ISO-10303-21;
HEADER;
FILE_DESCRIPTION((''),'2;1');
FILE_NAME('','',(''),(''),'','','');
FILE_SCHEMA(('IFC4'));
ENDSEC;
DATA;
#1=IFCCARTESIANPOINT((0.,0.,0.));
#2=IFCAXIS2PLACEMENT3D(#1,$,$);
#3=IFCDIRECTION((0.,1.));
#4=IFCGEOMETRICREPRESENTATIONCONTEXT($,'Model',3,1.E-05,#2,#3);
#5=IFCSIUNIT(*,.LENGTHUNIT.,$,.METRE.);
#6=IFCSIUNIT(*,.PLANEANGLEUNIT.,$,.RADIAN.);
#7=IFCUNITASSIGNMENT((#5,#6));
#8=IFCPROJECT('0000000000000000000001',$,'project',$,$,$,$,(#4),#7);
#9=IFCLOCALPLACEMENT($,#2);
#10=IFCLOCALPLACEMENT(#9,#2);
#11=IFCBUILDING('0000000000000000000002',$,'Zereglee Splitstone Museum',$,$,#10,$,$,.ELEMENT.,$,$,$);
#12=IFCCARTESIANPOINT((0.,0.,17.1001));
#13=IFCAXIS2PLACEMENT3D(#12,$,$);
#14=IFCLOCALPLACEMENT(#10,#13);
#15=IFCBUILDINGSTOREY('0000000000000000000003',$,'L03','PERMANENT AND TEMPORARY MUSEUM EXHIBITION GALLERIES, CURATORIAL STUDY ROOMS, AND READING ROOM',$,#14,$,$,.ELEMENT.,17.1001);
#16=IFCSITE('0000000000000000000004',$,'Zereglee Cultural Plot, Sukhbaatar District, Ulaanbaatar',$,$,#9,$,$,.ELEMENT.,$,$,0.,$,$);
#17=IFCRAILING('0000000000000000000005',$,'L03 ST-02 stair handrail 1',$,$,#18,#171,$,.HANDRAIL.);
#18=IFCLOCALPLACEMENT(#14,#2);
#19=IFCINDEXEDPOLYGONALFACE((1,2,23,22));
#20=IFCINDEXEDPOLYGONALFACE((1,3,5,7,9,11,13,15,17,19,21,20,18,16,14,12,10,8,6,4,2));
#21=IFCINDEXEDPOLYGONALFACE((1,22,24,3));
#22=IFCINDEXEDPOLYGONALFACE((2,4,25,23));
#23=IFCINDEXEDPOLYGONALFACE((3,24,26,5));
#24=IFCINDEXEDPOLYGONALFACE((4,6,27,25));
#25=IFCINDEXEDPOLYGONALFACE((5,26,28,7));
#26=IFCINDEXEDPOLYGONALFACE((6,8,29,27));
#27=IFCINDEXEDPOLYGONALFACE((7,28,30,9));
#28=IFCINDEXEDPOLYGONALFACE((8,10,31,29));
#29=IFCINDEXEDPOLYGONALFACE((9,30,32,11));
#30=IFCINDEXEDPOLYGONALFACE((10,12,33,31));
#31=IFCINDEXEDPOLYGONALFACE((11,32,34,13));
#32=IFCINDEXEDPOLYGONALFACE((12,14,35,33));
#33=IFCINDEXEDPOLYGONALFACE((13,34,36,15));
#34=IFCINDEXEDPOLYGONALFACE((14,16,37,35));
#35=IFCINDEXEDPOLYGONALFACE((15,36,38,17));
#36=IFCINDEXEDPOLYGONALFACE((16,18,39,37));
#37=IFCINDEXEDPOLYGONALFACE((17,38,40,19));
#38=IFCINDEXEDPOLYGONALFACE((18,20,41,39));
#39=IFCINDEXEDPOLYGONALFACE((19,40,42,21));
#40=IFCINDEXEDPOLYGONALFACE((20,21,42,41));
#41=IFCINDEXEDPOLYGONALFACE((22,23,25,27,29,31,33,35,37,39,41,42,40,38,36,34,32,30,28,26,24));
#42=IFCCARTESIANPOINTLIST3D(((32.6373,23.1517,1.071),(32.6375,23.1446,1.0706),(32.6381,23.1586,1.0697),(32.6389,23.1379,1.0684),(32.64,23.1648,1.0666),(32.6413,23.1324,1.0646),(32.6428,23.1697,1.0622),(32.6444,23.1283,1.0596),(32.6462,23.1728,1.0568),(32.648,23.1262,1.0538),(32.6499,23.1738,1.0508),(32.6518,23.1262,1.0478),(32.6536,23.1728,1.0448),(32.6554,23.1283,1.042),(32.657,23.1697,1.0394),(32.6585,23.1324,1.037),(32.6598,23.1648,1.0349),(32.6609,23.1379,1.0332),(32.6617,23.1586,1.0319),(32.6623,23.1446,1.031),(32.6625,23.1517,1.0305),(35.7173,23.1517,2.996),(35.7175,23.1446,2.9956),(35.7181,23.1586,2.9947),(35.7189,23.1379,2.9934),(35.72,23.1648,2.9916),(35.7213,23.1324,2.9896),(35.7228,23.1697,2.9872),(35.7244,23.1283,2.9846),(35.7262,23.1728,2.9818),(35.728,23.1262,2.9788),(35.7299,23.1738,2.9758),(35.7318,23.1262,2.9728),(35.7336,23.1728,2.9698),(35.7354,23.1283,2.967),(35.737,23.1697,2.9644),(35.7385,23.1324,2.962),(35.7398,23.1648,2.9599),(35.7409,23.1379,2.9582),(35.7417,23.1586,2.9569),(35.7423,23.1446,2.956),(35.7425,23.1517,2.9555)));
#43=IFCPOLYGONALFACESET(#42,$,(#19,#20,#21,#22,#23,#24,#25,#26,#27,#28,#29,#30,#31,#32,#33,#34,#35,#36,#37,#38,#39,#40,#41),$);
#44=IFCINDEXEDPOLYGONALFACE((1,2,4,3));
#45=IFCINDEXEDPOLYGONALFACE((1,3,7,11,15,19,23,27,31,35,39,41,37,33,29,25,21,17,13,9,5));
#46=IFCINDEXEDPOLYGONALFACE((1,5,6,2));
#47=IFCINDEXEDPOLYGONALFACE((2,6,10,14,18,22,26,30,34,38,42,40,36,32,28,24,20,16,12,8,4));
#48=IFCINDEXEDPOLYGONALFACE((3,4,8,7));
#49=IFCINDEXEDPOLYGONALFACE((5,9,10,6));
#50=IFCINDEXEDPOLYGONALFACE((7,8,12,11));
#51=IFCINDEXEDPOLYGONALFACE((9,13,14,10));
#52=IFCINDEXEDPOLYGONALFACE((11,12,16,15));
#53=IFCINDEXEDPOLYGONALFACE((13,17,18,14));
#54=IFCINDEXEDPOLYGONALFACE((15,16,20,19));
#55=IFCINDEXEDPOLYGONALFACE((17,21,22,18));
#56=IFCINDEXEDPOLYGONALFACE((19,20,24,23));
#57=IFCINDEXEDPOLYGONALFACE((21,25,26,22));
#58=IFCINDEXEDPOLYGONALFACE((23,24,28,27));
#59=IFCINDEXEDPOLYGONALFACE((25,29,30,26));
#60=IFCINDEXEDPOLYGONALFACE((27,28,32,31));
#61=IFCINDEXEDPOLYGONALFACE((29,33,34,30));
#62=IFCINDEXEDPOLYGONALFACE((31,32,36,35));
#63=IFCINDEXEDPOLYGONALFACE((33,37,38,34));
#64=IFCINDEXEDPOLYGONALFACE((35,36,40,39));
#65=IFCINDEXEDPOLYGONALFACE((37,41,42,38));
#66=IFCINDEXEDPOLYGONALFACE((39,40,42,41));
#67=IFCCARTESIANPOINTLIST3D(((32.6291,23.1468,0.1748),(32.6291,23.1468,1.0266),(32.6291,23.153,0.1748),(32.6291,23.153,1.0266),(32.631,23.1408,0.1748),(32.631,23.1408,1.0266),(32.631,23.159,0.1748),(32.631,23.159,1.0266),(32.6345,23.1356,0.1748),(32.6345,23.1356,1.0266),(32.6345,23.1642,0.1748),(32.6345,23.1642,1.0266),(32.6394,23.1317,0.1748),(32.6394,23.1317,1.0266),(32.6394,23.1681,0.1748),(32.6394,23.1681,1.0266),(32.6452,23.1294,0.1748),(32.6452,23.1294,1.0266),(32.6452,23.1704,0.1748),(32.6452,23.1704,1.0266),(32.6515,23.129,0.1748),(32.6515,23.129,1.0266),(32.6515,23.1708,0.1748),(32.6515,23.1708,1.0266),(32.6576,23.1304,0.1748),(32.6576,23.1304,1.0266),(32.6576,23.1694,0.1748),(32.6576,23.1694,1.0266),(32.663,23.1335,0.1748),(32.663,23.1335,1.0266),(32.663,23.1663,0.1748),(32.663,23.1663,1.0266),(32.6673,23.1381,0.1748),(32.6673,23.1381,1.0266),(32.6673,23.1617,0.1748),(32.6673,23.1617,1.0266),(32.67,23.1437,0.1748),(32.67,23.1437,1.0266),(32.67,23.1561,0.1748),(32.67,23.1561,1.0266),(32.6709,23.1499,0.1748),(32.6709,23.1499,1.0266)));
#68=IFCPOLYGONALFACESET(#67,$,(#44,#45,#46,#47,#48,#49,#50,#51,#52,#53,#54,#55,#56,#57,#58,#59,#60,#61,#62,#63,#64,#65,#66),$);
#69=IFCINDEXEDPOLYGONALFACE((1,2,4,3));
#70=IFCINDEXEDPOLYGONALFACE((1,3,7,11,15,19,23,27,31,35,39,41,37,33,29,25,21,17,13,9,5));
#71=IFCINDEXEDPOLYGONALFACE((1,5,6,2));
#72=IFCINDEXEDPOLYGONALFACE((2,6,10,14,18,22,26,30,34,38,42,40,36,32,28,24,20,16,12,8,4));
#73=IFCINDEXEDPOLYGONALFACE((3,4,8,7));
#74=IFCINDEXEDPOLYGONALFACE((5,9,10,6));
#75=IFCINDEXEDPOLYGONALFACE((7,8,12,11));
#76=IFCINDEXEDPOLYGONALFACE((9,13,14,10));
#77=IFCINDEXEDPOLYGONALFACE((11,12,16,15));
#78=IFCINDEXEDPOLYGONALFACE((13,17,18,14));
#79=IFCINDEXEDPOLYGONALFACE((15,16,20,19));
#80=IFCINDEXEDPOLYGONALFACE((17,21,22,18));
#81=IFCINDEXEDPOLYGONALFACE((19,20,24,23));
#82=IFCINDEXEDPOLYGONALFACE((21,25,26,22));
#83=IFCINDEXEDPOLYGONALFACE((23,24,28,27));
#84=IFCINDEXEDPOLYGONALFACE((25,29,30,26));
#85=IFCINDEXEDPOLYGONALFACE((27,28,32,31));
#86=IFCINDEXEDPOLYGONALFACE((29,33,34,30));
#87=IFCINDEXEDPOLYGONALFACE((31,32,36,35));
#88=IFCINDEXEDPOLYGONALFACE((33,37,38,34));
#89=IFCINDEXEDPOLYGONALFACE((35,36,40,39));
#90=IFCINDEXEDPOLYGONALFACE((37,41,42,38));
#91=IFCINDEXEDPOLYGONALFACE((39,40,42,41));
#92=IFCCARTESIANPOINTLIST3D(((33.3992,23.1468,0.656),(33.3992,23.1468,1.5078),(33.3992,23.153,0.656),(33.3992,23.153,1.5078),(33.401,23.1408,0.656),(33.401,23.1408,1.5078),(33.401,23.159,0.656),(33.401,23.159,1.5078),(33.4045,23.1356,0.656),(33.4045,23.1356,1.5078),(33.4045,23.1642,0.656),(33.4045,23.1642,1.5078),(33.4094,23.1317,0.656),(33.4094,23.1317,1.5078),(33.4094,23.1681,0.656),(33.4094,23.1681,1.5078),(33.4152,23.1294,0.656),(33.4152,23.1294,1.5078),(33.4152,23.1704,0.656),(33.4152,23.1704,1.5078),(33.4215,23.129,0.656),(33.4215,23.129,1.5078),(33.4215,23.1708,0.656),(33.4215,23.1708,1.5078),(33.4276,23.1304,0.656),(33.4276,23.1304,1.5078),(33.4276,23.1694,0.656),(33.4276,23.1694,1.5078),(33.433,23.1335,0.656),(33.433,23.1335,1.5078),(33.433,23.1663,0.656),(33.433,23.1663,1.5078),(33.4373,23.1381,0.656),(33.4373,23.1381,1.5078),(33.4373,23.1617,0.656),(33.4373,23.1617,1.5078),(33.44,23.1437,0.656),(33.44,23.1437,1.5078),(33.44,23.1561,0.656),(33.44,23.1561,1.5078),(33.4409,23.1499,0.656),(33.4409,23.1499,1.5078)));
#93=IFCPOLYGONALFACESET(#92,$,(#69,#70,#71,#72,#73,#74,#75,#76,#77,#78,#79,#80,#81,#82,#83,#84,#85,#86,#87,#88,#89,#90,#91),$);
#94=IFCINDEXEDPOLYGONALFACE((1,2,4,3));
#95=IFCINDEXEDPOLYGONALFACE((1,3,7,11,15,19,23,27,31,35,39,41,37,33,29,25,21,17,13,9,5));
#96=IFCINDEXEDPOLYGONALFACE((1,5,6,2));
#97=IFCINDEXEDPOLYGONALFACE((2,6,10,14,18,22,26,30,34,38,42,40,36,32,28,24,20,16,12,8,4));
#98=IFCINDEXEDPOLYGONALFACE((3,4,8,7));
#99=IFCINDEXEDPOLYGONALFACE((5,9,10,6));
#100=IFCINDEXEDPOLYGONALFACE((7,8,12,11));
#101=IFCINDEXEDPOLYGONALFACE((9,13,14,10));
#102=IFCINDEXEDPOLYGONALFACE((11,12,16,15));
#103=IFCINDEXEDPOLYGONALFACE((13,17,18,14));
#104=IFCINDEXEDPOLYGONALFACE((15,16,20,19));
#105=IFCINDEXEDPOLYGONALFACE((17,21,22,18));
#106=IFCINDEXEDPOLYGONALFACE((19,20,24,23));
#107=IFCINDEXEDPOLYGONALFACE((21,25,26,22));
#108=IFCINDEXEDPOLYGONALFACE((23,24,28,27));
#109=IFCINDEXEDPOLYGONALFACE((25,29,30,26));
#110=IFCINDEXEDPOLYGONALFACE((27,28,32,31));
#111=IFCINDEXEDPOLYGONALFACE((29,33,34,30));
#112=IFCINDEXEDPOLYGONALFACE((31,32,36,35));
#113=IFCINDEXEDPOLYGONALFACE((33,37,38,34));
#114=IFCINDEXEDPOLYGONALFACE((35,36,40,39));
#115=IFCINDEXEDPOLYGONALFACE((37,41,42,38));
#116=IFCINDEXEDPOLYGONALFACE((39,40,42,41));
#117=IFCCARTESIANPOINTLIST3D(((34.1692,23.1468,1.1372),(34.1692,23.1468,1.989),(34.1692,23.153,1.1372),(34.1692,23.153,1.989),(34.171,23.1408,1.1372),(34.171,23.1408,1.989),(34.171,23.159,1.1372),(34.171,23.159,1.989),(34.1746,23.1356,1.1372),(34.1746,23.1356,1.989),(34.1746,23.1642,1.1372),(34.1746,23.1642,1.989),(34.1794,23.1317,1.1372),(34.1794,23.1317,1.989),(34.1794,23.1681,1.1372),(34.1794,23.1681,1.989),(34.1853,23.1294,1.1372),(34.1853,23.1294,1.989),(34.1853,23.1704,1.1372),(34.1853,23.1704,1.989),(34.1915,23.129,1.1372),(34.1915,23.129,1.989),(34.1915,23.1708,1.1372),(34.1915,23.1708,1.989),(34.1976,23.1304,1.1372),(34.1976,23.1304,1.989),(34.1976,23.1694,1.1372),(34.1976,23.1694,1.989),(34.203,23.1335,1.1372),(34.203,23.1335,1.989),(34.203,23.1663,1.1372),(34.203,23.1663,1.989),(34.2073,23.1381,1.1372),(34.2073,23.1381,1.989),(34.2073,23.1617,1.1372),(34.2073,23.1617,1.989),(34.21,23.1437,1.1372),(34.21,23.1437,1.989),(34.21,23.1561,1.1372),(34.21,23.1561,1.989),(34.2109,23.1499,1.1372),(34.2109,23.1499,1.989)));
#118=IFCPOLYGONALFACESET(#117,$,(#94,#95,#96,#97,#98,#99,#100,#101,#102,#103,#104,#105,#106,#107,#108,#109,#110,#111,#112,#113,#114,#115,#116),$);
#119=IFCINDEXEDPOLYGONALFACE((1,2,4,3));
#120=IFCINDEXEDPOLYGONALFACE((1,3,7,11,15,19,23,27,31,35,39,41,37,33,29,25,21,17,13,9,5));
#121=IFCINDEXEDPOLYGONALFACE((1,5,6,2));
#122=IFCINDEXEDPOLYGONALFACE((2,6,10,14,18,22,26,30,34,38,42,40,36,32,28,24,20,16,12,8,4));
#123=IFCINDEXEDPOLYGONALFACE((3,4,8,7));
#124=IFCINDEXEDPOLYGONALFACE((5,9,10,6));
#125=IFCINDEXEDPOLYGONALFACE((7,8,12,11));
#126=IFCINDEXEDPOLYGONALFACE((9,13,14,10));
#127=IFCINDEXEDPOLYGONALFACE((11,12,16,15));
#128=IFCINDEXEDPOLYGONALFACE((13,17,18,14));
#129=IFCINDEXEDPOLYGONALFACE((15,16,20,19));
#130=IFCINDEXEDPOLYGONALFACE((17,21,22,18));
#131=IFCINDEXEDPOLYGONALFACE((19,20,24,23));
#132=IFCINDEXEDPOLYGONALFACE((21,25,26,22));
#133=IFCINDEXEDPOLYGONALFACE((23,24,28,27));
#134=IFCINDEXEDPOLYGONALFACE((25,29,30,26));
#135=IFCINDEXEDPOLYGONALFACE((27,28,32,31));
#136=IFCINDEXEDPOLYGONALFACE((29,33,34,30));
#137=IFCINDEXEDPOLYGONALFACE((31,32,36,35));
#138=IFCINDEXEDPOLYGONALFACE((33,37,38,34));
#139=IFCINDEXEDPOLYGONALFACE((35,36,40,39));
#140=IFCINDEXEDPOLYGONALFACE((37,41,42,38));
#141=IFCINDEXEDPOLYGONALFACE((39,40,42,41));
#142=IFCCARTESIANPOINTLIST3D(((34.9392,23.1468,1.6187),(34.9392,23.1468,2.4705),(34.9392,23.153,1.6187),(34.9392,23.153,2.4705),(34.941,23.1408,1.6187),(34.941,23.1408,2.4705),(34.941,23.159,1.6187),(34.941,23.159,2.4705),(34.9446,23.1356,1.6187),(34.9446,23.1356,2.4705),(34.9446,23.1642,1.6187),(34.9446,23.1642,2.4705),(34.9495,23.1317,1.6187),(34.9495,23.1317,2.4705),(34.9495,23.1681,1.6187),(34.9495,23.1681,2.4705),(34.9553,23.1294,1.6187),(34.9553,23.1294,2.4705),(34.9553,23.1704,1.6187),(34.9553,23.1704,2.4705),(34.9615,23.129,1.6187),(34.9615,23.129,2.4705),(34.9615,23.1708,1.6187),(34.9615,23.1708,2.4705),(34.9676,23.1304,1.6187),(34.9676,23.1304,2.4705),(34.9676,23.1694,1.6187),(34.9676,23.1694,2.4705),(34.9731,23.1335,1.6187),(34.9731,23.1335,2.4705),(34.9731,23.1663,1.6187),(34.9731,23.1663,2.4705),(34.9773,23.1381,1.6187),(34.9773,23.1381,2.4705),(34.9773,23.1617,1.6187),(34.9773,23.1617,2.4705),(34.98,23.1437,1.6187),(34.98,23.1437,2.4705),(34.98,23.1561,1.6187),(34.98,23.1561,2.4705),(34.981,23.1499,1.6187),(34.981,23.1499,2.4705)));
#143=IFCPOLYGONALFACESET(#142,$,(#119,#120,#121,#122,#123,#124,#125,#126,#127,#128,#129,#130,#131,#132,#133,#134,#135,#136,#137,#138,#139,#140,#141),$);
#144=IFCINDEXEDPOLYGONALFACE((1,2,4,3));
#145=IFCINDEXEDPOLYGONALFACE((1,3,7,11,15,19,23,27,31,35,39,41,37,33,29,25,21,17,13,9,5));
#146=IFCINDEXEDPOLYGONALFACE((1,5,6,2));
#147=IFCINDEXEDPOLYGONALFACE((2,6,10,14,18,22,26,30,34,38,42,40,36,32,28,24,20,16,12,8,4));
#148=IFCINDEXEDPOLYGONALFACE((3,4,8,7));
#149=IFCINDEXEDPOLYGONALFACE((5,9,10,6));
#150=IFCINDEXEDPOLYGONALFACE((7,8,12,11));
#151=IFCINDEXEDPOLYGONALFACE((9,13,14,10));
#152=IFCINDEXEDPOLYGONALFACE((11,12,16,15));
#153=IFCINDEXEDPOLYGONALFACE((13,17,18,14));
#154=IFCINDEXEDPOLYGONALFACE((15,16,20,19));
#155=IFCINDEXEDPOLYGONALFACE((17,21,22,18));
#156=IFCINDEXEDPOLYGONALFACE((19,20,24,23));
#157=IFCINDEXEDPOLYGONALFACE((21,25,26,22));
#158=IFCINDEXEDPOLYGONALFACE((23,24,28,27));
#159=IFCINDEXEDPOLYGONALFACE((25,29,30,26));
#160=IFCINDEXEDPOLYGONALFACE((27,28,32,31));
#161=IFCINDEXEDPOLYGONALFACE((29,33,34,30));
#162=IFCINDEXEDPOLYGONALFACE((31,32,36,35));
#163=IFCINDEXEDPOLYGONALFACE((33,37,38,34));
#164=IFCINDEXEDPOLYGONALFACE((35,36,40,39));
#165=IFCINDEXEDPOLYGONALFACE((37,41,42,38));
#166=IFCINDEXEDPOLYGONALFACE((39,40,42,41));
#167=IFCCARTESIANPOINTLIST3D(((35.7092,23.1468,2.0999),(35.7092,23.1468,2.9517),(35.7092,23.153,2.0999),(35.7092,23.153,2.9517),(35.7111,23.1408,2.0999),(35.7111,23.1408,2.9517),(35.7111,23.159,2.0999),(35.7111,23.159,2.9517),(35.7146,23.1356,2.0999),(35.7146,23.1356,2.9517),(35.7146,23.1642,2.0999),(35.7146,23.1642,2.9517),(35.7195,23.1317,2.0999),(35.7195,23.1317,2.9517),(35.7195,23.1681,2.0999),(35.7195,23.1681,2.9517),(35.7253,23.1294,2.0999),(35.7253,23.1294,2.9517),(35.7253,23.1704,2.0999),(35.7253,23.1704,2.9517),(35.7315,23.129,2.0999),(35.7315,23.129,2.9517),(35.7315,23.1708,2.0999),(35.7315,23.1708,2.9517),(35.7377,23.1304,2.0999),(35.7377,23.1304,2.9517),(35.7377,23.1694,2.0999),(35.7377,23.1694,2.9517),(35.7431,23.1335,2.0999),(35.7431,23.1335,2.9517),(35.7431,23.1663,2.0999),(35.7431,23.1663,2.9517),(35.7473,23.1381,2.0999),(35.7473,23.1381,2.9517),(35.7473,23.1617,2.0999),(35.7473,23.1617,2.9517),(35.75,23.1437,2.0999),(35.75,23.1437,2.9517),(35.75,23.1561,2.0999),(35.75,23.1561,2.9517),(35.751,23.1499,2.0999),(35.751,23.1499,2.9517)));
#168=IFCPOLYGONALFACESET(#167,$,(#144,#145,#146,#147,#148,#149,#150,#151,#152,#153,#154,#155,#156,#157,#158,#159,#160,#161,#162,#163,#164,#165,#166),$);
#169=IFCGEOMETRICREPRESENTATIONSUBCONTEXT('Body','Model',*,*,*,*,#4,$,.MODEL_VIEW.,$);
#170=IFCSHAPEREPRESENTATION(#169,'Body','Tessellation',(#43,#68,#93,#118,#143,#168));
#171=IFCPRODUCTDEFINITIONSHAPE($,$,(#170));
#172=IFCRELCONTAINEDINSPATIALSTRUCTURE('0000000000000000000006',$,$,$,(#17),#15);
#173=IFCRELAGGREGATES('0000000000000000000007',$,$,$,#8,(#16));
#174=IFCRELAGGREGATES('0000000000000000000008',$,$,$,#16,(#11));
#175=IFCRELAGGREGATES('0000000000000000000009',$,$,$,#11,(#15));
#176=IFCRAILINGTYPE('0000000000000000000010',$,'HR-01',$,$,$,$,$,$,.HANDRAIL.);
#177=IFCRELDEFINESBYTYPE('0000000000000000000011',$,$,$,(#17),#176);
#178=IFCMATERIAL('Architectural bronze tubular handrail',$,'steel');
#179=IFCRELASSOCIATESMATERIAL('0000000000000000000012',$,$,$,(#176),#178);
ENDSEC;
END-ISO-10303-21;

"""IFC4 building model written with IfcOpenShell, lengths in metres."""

from ifc_helpers import new_model, si_unit, direction, frame, origin, origin_2d, place, context, subcontext, project, spatial, circle, extrude, material, type_object, element, save


model = new_model("IFC4")

# Units and contexts
model_context = context("Model", 3, precision=1e-05, world=origin(), true_north=direction((0.0, 1.0)))
body_context = subcontext(model_context, "Body", "Model", "MODEL_VIEW")
ifc_project = project(units=[si_unit("LENGTHUNIT", "METRE"), si_unit("PLANEANGLEUNIT", "RADIAN")], contexts=[model_context])

# Site, building, storey
site_placement = place(None, origin())
site = spatial("IfcSite", under=ifc_project, at=site_placement, Name="Zereglee Cultural Plot, Sukhbaatar District, Ulaanbaatar", CompositionType="ELEMENT", RefElevation=0.0)
building_placement = place(site_placement, origin())
building = spatial("IfcBuilding", under=site, at=building_placement, Name="Zereglee Splitstone Museum", CompositionType="ELEMENT")
storey_placement = place(building_placement, frame((0.0, 0.0, 17.1001)))
storey = spatial("IfcBuildingStorey", under=building, at=storey_placement, Name="L03", Description="PERMANENT AND TEMPORARY MUSEUM EXHIBITION GALLERIES, CURATORIAL STUDY ROOMS, AND READING ROOM", CompositionType="ELEMENT", Elevation=17.1001)

# Railing
ifc_material_1 = material(Name="Architectural bronze tubular handrail", Category="steel")
railing_type_1 = type_object("IfcRailingType", Name="HR-01", PredefinedType="HANDRAIL", material=ifc_material_1)
railing_1_placement = place(storey_placement, frame((32.6499, 23.1499, 0.1748)))
element("IfcRailing", 1, at=railing_1_placement, inside=storey, type_object=railing_type_1, Name="L03 ST-02 stair handrail 1", PredefinedType="HANDRAIL", context=body_context, shape_type="SweptSolid", body=[
    extrude(circle(Radius=0.0239, at=origin_2d()), frame((0.0, 0.0, 0.876), z_axis=(0.847998, 0.0, 0.529999), x_axis=(0.0, 1.0, 0.0)), (0.0, 0.0, 1.0), 3.6321),
    extrude(circle(Radius=0.021, at=origin_2d()), origin(), (0.0, 0.0, 1.0), 0.8518),
    extrude(circle(Radius=0.021, at=origin_2d()), frame((0.77, 0.0, 0.4812)), (0.0, 0.0, 1.0), 0.8518),
    extrude(circle(Radius=0.021, at=origin_2d()), frame((1.54, 0.0, 0.9624)), (0.0, 0.0, 1.0), 0.8518),
    extrude(circle(Radius=0.021, at=origin_2d()), frame((2.3101, 0.0, 1.4438)), (0.0, 0.0, 1.0), 0.8518),
    extrude(circle(Radius=0.021, at=origin_2d()), frame((3.0801, 0.0, 1.925)), (0.0, 0.0, 1.0), 0.8518),
])

save(model, "model.ifc")
